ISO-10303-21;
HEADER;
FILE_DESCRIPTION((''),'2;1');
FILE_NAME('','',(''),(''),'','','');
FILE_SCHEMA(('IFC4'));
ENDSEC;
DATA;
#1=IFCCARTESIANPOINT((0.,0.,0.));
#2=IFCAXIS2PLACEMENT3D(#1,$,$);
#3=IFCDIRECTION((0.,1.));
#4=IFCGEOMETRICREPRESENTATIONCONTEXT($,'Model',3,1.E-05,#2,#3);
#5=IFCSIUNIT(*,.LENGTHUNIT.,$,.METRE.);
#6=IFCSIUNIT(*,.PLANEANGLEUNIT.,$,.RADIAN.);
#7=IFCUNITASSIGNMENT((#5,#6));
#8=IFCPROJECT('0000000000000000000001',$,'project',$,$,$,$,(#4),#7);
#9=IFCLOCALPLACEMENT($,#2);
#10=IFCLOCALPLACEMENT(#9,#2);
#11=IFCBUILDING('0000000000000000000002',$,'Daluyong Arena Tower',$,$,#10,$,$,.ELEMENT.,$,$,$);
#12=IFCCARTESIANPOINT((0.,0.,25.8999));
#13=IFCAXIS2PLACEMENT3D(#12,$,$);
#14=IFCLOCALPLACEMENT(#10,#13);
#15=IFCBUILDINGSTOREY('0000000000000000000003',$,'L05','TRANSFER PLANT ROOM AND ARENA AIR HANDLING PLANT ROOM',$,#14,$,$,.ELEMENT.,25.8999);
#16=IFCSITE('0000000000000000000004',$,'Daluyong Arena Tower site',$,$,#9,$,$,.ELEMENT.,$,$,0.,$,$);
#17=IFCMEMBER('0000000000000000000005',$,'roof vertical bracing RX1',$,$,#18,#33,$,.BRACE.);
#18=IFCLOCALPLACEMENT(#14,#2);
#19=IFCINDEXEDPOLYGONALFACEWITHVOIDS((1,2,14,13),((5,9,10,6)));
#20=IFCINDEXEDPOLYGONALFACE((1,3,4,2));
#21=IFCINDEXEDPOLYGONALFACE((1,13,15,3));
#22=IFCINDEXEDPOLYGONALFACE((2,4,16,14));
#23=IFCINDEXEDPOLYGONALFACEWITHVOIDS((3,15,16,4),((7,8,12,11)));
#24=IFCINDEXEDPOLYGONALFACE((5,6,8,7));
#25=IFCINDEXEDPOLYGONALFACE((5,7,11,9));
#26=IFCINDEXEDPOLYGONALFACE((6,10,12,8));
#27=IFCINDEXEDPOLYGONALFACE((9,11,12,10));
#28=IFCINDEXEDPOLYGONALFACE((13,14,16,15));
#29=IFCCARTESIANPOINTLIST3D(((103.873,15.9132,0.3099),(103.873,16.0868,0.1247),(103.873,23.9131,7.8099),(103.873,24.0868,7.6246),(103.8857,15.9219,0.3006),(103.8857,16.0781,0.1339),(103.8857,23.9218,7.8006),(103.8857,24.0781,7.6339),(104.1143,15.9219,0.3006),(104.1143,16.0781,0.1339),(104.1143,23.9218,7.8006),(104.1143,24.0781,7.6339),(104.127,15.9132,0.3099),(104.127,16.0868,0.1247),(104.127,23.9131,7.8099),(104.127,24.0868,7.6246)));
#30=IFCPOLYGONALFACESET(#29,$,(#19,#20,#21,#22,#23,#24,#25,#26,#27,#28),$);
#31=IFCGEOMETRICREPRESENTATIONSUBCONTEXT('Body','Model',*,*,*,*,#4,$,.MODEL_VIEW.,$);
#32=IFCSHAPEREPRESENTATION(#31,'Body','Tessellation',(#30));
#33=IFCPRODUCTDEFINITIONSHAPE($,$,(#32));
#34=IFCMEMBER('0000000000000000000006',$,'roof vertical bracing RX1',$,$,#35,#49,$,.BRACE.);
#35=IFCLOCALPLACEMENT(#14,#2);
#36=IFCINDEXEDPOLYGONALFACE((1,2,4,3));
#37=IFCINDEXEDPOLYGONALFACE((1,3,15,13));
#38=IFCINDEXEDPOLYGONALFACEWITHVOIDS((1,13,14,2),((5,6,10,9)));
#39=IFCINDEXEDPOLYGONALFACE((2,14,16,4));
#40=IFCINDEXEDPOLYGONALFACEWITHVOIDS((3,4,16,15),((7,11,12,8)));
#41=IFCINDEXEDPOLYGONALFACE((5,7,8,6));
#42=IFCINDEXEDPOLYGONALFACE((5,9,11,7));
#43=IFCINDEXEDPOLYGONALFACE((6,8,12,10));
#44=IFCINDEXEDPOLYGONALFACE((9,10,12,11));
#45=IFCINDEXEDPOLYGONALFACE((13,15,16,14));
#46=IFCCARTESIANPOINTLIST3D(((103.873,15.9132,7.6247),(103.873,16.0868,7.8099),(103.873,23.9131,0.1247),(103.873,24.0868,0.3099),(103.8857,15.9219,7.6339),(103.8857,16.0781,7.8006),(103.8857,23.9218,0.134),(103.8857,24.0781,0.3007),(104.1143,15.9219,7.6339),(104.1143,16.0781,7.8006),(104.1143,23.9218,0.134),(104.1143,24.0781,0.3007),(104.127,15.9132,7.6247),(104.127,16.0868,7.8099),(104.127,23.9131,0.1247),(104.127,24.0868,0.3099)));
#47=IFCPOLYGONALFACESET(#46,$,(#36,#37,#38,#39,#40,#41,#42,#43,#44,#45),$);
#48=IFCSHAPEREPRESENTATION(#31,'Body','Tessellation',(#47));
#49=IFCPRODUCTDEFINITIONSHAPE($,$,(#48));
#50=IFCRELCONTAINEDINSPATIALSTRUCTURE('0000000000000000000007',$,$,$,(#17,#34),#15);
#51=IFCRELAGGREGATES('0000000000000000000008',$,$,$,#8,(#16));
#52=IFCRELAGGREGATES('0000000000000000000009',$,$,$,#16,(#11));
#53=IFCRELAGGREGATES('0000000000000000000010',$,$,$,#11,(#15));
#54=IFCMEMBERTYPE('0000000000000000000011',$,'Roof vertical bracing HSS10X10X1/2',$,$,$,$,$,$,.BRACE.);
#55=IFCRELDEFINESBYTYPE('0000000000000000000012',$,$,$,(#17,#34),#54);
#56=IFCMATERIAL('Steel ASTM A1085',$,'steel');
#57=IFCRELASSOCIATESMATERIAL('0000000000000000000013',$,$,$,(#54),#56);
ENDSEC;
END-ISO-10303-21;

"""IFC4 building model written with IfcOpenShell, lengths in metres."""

from ifc_helpers import new_model, si_unit, direction, frame, origin, origin_2d, place, context, subcontext, project, spatial, hollow_rectangle, extrude, material, material_profile, profile_set, type_object, element, save


model = new_model("IFC4")

# Units and contexts
model_context = context("Model", 3, precision=1e-05, world=origin(), true_north=direction((0.0, 1.0)))
body_context = subcontext(model_context, "Body", "Model", "MODEL_VIEW")
ifc_project = project(units=[si_unit("LENGTHUNIT", "METRE"), si_unit("PLANEANGLEUNIT", "RADIAN")], contexts=[model_context])

# Site, building, storey
site_placement = place(None, origin())
site = spatial("IfcSite", under=ifc_project, at=site_placement, Name="Daluyong Arena Tower site", CompositionType="ELEMENT", RefElevation=0.0)
building_placement = place(site_placement, origin())
building = spatial("IfcBuilding", under=site, at=building_placement, Name="Daluyong Arena Tower", CompositionType="ELEMENT")
storey_placement = place(building_placement, frame((0.0, 0.0, 25.8999)))
storey = spatial("IfcBuildingStorey", under=building, at=storey_placement, Name="L05", Description="TRANSFER PLANT ROOM AND ARENA AIR HANDLING PLANT ROOM", CompositionType="ELEMENT", Elevation=25.8999)

# Members
ifc_material_1 = material(Name="Steel ASTM A1085", Category="steel")
ifc_material_profile_1 = material_profile(ifc_material_1, hollow_rectangle(XDim=0.2539, YDim=0.2539, WallThickness=0.0127, at=origin_2d()))
ifc_profile_set_1 = profile_set([ifc_material_profile_1], Name="Steel ASTM A1085")
member_type_1 = type_object("IfcMemberType", Name="Roof vertical bracing HSS10X10X1/2", PredefinedType="BRACE", material=ifc_profile_set_1)
for number, where, z_axis, x_axis, name in (
    (1, (104.0, 16.0, 0.2173), (0.0, 0.729537, 0.683941), (-1.0, 0.0, 0.0), "roof vertical bracing RX1"),
    (2, (104.0, 16.0, 7.7173), (0.0, 0.729537, -0.683941), (-1.0, 0.0, 0.0), "roof vertical bracing RX1"),
):
    element("IfcMember", number, at=place(storey_placement, frame(where, z_axis=z_axis, x_axis=x_axis)), inside=storey, type_object=member_type_1, Name=name, PredefinedType="BRACE", context=body_context, shape_type="SweptSolid", body=[
        extrude(hollow_rectangle(XDim=0.2539, YDim=0.2539, WallThickness=0.0127, at=origin_2d()), origin(), (0.0, 0.0, 1.0), 10.9658),
    ])

save(model, "model.ifc")
